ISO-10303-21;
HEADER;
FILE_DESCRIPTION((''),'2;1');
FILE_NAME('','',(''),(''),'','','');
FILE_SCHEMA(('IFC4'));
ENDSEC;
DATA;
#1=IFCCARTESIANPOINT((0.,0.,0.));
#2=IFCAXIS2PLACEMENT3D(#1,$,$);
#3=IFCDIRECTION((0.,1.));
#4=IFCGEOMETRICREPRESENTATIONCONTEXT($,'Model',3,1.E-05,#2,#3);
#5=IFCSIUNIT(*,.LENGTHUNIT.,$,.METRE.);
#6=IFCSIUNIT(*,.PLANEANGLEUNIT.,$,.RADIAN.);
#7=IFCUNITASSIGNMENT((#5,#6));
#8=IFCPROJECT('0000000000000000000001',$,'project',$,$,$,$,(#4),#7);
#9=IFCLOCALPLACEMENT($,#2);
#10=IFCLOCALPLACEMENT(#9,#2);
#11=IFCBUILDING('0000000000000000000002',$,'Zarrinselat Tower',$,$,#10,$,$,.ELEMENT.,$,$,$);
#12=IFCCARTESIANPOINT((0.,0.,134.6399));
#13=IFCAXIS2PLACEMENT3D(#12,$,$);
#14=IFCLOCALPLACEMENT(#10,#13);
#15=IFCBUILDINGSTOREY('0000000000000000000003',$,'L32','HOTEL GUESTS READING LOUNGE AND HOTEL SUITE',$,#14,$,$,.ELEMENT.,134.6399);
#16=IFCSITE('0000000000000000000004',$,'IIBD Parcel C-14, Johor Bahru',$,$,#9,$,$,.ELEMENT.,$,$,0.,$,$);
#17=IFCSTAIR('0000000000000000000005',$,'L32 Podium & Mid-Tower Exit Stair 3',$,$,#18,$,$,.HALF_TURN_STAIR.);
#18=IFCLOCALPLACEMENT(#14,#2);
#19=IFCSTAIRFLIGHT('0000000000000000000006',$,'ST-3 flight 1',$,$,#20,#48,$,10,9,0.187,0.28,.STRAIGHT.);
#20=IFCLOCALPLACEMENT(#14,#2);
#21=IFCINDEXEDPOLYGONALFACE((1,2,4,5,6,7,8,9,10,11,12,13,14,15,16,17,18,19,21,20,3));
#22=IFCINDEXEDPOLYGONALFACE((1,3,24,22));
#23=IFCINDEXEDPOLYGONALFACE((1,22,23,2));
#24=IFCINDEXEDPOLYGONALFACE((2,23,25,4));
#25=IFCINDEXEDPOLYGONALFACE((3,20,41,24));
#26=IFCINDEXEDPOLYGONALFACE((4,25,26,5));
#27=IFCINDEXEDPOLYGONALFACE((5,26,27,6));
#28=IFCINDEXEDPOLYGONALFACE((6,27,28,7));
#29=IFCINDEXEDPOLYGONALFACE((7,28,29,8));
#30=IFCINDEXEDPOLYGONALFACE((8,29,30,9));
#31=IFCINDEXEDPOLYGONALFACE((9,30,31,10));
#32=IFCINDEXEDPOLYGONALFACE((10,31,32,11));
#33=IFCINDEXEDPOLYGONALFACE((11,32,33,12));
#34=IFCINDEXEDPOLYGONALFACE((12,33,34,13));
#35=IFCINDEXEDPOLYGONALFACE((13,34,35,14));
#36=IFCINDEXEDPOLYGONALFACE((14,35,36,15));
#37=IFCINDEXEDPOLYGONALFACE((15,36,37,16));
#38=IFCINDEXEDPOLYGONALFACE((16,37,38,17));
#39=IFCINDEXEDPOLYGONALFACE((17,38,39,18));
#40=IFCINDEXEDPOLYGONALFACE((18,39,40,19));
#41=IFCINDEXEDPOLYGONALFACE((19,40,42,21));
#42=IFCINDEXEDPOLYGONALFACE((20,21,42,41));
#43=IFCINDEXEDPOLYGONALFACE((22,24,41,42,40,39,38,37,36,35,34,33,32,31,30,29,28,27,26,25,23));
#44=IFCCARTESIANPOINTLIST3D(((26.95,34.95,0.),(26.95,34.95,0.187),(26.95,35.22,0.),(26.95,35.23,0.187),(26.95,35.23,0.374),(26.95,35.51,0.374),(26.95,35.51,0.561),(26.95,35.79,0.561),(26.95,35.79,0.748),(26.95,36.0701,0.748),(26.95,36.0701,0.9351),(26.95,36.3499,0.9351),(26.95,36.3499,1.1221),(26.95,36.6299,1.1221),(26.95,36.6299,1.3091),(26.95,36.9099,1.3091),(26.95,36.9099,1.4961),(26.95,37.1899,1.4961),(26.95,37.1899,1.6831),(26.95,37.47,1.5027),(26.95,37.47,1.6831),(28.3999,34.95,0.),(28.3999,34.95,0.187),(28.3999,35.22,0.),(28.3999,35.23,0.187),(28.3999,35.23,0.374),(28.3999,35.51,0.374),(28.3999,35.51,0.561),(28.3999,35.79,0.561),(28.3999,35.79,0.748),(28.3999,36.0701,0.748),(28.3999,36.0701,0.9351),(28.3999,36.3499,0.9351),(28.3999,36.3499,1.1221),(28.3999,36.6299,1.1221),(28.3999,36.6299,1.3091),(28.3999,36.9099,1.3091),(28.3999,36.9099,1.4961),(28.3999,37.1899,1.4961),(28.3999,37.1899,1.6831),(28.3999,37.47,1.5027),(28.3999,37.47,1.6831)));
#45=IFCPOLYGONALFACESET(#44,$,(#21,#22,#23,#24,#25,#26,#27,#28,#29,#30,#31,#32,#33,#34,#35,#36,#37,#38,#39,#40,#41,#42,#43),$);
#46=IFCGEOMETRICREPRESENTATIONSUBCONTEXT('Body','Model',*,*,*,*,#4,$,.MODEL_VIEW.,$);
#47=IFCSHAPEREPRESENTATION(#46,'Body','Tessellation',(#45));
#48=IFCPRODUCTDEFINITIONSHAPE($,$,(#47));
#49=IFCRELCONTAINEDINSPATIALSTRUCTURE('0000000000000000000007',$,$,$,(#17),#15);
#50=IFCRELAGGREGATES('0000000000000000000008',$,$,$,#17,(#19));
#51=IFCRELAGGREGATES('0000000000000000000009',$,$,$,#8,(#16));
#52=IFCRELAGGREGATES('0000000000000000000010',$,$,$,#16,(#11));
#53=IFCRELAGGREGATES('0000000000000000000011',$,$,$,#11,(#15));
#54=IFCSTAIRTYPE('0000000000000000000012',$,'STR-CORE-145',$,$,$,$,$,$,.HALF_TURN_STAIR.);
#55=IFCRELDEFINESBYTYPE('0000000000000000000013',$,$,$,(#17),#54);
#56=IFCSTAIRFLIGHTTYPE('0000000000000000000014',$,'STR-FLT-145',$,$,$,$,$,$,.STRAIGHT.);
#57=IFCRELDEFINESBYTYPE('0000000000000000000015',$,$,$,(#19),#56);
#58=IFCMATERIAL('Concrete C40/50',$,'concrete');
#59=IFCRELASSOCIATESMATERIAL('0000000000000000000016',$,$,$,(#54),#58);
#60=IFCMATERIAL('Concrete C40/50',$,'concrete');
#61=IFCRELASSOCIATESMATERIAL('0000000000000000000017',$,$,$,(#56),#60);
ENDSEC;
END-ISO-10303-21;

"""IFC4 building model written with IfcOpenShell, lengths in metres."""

from ifc_helpers import new_model, si_unit, direction, frame, origin, place, context, subcontext, project, spatial, polyline, outline, extrude, material, type_object, element, aggregate, save


model = new_model("IFC4")

# Units and contexts
model_context = context("Model", 3, precision=1e-05, world=origin(), true_north=direction((0.0, 1.0)))
body_context = subcontext(model_context, "Body", "Model", "MODEL_VIEW")
ifc_project = project(units=[si_unit("LENGTHUNIT", "METRE"), si_unit("PLANEANGLEUNIT", "RADIAN")], contexts=[model_context])

# Site, building, storey
site_placement = place(None, origin())
site = spatial("IfcSite", under=ifc_project, at=site_placement, Name="IIBD Parcel C-14, Johor Bahru", CompositionType="ELEMENT", RefElevation=0.0)
building_placement = place(site_placement, origin())
building = spatial("IfcBuilding", under=site, at=building_placement, Name="Zarrinselat Tower", CompositionType="ELEMENT")
storey_placement = place(building_placement, frame((0.0, 0.0, 134.6399)))
storey = spatial("IfcBuildingStorey", under=building, at=storey_placement, Name="L32", Description="HOTEL GUESTS READING LOUNGE AND HOTEL SUITE", CompositionType="ELEMENT", Elevation=134.6399)

# Stair, stair flight
ifc_material_1 = material(Name="Concrete C40/50", Category="concrete")
stair_type = type_object("IfcStairType", Name="STR-CORE-145", PredefinedType="HALF_TURN_STAIR", material=ifc_material_1)
stair_placement = place(storey_placement, origin())
stair = element("IfcStair", 1, at=stair_placement, inside=storey, type_object=stair_type, Name="L32 Podium & Mid-Tower Exit Stair 3", PredefinedType="HALF_TURN_STAIR")
ifc_material_2 = material(Name="Concrete C40/50", Category="concrete")
stair_flight_type = type_object("IfcStairFlightType", Name="STR-FLT-145", PredefinedType="STRAIGHT", material=ifc_material_2)
stair_flight_placement = place(storey_placement, frame((27.675, 34.95, 0.0), z_axis=(0.0, 0.0, 1.0), x_axis=(0.0, 1.0, 0.0)))
stair_flight = element("IfcStairFlight", 2, at=stair_flight_placement, type_object=stair_flight_type, Name="ST-3 flight 1", NumberOfRisers=10, NumberOfTreads=9, PredefinedType="STRAIGHT", RiserHeight=0.187, TreadLength=0.28, context=body_context, shape_type="SweptSolid", body=[
    extrude(outline(polyline([(0.0, 0.0), (0.0, 0.187), (0.28, 0.187), (0.28, 0.374), (0.5601, 0.374), (0.5601, 0.561), (0.8401, 0.561), (0.8401, 0.748), (1.1201, 0.748), (1.1201, 0.9351), (1.3999, 0.9351), (1.3999, 1.1221), (1.6799, 1.1221), (1.6799, 1.3091), (1.96, 1.3091), (1.96, 1.4961), (2.24, 1.4961), (2.24, 1.6831), (2.52, 1.6831), (2.52, 1.8701), (2.52, 1.5027), (0.27, 0.0), (0.0, 0.0)])), frame((0.0, 0.7251, 0.0), z_axis=(0.0, -1.0, 0.0), x_axis=(1.0, 0.0, 0.0)), (0.0, 0.0, 1.0), 1.45),
])
aggregate(stair, [stair_flight])

save(model, "model.ifc")
